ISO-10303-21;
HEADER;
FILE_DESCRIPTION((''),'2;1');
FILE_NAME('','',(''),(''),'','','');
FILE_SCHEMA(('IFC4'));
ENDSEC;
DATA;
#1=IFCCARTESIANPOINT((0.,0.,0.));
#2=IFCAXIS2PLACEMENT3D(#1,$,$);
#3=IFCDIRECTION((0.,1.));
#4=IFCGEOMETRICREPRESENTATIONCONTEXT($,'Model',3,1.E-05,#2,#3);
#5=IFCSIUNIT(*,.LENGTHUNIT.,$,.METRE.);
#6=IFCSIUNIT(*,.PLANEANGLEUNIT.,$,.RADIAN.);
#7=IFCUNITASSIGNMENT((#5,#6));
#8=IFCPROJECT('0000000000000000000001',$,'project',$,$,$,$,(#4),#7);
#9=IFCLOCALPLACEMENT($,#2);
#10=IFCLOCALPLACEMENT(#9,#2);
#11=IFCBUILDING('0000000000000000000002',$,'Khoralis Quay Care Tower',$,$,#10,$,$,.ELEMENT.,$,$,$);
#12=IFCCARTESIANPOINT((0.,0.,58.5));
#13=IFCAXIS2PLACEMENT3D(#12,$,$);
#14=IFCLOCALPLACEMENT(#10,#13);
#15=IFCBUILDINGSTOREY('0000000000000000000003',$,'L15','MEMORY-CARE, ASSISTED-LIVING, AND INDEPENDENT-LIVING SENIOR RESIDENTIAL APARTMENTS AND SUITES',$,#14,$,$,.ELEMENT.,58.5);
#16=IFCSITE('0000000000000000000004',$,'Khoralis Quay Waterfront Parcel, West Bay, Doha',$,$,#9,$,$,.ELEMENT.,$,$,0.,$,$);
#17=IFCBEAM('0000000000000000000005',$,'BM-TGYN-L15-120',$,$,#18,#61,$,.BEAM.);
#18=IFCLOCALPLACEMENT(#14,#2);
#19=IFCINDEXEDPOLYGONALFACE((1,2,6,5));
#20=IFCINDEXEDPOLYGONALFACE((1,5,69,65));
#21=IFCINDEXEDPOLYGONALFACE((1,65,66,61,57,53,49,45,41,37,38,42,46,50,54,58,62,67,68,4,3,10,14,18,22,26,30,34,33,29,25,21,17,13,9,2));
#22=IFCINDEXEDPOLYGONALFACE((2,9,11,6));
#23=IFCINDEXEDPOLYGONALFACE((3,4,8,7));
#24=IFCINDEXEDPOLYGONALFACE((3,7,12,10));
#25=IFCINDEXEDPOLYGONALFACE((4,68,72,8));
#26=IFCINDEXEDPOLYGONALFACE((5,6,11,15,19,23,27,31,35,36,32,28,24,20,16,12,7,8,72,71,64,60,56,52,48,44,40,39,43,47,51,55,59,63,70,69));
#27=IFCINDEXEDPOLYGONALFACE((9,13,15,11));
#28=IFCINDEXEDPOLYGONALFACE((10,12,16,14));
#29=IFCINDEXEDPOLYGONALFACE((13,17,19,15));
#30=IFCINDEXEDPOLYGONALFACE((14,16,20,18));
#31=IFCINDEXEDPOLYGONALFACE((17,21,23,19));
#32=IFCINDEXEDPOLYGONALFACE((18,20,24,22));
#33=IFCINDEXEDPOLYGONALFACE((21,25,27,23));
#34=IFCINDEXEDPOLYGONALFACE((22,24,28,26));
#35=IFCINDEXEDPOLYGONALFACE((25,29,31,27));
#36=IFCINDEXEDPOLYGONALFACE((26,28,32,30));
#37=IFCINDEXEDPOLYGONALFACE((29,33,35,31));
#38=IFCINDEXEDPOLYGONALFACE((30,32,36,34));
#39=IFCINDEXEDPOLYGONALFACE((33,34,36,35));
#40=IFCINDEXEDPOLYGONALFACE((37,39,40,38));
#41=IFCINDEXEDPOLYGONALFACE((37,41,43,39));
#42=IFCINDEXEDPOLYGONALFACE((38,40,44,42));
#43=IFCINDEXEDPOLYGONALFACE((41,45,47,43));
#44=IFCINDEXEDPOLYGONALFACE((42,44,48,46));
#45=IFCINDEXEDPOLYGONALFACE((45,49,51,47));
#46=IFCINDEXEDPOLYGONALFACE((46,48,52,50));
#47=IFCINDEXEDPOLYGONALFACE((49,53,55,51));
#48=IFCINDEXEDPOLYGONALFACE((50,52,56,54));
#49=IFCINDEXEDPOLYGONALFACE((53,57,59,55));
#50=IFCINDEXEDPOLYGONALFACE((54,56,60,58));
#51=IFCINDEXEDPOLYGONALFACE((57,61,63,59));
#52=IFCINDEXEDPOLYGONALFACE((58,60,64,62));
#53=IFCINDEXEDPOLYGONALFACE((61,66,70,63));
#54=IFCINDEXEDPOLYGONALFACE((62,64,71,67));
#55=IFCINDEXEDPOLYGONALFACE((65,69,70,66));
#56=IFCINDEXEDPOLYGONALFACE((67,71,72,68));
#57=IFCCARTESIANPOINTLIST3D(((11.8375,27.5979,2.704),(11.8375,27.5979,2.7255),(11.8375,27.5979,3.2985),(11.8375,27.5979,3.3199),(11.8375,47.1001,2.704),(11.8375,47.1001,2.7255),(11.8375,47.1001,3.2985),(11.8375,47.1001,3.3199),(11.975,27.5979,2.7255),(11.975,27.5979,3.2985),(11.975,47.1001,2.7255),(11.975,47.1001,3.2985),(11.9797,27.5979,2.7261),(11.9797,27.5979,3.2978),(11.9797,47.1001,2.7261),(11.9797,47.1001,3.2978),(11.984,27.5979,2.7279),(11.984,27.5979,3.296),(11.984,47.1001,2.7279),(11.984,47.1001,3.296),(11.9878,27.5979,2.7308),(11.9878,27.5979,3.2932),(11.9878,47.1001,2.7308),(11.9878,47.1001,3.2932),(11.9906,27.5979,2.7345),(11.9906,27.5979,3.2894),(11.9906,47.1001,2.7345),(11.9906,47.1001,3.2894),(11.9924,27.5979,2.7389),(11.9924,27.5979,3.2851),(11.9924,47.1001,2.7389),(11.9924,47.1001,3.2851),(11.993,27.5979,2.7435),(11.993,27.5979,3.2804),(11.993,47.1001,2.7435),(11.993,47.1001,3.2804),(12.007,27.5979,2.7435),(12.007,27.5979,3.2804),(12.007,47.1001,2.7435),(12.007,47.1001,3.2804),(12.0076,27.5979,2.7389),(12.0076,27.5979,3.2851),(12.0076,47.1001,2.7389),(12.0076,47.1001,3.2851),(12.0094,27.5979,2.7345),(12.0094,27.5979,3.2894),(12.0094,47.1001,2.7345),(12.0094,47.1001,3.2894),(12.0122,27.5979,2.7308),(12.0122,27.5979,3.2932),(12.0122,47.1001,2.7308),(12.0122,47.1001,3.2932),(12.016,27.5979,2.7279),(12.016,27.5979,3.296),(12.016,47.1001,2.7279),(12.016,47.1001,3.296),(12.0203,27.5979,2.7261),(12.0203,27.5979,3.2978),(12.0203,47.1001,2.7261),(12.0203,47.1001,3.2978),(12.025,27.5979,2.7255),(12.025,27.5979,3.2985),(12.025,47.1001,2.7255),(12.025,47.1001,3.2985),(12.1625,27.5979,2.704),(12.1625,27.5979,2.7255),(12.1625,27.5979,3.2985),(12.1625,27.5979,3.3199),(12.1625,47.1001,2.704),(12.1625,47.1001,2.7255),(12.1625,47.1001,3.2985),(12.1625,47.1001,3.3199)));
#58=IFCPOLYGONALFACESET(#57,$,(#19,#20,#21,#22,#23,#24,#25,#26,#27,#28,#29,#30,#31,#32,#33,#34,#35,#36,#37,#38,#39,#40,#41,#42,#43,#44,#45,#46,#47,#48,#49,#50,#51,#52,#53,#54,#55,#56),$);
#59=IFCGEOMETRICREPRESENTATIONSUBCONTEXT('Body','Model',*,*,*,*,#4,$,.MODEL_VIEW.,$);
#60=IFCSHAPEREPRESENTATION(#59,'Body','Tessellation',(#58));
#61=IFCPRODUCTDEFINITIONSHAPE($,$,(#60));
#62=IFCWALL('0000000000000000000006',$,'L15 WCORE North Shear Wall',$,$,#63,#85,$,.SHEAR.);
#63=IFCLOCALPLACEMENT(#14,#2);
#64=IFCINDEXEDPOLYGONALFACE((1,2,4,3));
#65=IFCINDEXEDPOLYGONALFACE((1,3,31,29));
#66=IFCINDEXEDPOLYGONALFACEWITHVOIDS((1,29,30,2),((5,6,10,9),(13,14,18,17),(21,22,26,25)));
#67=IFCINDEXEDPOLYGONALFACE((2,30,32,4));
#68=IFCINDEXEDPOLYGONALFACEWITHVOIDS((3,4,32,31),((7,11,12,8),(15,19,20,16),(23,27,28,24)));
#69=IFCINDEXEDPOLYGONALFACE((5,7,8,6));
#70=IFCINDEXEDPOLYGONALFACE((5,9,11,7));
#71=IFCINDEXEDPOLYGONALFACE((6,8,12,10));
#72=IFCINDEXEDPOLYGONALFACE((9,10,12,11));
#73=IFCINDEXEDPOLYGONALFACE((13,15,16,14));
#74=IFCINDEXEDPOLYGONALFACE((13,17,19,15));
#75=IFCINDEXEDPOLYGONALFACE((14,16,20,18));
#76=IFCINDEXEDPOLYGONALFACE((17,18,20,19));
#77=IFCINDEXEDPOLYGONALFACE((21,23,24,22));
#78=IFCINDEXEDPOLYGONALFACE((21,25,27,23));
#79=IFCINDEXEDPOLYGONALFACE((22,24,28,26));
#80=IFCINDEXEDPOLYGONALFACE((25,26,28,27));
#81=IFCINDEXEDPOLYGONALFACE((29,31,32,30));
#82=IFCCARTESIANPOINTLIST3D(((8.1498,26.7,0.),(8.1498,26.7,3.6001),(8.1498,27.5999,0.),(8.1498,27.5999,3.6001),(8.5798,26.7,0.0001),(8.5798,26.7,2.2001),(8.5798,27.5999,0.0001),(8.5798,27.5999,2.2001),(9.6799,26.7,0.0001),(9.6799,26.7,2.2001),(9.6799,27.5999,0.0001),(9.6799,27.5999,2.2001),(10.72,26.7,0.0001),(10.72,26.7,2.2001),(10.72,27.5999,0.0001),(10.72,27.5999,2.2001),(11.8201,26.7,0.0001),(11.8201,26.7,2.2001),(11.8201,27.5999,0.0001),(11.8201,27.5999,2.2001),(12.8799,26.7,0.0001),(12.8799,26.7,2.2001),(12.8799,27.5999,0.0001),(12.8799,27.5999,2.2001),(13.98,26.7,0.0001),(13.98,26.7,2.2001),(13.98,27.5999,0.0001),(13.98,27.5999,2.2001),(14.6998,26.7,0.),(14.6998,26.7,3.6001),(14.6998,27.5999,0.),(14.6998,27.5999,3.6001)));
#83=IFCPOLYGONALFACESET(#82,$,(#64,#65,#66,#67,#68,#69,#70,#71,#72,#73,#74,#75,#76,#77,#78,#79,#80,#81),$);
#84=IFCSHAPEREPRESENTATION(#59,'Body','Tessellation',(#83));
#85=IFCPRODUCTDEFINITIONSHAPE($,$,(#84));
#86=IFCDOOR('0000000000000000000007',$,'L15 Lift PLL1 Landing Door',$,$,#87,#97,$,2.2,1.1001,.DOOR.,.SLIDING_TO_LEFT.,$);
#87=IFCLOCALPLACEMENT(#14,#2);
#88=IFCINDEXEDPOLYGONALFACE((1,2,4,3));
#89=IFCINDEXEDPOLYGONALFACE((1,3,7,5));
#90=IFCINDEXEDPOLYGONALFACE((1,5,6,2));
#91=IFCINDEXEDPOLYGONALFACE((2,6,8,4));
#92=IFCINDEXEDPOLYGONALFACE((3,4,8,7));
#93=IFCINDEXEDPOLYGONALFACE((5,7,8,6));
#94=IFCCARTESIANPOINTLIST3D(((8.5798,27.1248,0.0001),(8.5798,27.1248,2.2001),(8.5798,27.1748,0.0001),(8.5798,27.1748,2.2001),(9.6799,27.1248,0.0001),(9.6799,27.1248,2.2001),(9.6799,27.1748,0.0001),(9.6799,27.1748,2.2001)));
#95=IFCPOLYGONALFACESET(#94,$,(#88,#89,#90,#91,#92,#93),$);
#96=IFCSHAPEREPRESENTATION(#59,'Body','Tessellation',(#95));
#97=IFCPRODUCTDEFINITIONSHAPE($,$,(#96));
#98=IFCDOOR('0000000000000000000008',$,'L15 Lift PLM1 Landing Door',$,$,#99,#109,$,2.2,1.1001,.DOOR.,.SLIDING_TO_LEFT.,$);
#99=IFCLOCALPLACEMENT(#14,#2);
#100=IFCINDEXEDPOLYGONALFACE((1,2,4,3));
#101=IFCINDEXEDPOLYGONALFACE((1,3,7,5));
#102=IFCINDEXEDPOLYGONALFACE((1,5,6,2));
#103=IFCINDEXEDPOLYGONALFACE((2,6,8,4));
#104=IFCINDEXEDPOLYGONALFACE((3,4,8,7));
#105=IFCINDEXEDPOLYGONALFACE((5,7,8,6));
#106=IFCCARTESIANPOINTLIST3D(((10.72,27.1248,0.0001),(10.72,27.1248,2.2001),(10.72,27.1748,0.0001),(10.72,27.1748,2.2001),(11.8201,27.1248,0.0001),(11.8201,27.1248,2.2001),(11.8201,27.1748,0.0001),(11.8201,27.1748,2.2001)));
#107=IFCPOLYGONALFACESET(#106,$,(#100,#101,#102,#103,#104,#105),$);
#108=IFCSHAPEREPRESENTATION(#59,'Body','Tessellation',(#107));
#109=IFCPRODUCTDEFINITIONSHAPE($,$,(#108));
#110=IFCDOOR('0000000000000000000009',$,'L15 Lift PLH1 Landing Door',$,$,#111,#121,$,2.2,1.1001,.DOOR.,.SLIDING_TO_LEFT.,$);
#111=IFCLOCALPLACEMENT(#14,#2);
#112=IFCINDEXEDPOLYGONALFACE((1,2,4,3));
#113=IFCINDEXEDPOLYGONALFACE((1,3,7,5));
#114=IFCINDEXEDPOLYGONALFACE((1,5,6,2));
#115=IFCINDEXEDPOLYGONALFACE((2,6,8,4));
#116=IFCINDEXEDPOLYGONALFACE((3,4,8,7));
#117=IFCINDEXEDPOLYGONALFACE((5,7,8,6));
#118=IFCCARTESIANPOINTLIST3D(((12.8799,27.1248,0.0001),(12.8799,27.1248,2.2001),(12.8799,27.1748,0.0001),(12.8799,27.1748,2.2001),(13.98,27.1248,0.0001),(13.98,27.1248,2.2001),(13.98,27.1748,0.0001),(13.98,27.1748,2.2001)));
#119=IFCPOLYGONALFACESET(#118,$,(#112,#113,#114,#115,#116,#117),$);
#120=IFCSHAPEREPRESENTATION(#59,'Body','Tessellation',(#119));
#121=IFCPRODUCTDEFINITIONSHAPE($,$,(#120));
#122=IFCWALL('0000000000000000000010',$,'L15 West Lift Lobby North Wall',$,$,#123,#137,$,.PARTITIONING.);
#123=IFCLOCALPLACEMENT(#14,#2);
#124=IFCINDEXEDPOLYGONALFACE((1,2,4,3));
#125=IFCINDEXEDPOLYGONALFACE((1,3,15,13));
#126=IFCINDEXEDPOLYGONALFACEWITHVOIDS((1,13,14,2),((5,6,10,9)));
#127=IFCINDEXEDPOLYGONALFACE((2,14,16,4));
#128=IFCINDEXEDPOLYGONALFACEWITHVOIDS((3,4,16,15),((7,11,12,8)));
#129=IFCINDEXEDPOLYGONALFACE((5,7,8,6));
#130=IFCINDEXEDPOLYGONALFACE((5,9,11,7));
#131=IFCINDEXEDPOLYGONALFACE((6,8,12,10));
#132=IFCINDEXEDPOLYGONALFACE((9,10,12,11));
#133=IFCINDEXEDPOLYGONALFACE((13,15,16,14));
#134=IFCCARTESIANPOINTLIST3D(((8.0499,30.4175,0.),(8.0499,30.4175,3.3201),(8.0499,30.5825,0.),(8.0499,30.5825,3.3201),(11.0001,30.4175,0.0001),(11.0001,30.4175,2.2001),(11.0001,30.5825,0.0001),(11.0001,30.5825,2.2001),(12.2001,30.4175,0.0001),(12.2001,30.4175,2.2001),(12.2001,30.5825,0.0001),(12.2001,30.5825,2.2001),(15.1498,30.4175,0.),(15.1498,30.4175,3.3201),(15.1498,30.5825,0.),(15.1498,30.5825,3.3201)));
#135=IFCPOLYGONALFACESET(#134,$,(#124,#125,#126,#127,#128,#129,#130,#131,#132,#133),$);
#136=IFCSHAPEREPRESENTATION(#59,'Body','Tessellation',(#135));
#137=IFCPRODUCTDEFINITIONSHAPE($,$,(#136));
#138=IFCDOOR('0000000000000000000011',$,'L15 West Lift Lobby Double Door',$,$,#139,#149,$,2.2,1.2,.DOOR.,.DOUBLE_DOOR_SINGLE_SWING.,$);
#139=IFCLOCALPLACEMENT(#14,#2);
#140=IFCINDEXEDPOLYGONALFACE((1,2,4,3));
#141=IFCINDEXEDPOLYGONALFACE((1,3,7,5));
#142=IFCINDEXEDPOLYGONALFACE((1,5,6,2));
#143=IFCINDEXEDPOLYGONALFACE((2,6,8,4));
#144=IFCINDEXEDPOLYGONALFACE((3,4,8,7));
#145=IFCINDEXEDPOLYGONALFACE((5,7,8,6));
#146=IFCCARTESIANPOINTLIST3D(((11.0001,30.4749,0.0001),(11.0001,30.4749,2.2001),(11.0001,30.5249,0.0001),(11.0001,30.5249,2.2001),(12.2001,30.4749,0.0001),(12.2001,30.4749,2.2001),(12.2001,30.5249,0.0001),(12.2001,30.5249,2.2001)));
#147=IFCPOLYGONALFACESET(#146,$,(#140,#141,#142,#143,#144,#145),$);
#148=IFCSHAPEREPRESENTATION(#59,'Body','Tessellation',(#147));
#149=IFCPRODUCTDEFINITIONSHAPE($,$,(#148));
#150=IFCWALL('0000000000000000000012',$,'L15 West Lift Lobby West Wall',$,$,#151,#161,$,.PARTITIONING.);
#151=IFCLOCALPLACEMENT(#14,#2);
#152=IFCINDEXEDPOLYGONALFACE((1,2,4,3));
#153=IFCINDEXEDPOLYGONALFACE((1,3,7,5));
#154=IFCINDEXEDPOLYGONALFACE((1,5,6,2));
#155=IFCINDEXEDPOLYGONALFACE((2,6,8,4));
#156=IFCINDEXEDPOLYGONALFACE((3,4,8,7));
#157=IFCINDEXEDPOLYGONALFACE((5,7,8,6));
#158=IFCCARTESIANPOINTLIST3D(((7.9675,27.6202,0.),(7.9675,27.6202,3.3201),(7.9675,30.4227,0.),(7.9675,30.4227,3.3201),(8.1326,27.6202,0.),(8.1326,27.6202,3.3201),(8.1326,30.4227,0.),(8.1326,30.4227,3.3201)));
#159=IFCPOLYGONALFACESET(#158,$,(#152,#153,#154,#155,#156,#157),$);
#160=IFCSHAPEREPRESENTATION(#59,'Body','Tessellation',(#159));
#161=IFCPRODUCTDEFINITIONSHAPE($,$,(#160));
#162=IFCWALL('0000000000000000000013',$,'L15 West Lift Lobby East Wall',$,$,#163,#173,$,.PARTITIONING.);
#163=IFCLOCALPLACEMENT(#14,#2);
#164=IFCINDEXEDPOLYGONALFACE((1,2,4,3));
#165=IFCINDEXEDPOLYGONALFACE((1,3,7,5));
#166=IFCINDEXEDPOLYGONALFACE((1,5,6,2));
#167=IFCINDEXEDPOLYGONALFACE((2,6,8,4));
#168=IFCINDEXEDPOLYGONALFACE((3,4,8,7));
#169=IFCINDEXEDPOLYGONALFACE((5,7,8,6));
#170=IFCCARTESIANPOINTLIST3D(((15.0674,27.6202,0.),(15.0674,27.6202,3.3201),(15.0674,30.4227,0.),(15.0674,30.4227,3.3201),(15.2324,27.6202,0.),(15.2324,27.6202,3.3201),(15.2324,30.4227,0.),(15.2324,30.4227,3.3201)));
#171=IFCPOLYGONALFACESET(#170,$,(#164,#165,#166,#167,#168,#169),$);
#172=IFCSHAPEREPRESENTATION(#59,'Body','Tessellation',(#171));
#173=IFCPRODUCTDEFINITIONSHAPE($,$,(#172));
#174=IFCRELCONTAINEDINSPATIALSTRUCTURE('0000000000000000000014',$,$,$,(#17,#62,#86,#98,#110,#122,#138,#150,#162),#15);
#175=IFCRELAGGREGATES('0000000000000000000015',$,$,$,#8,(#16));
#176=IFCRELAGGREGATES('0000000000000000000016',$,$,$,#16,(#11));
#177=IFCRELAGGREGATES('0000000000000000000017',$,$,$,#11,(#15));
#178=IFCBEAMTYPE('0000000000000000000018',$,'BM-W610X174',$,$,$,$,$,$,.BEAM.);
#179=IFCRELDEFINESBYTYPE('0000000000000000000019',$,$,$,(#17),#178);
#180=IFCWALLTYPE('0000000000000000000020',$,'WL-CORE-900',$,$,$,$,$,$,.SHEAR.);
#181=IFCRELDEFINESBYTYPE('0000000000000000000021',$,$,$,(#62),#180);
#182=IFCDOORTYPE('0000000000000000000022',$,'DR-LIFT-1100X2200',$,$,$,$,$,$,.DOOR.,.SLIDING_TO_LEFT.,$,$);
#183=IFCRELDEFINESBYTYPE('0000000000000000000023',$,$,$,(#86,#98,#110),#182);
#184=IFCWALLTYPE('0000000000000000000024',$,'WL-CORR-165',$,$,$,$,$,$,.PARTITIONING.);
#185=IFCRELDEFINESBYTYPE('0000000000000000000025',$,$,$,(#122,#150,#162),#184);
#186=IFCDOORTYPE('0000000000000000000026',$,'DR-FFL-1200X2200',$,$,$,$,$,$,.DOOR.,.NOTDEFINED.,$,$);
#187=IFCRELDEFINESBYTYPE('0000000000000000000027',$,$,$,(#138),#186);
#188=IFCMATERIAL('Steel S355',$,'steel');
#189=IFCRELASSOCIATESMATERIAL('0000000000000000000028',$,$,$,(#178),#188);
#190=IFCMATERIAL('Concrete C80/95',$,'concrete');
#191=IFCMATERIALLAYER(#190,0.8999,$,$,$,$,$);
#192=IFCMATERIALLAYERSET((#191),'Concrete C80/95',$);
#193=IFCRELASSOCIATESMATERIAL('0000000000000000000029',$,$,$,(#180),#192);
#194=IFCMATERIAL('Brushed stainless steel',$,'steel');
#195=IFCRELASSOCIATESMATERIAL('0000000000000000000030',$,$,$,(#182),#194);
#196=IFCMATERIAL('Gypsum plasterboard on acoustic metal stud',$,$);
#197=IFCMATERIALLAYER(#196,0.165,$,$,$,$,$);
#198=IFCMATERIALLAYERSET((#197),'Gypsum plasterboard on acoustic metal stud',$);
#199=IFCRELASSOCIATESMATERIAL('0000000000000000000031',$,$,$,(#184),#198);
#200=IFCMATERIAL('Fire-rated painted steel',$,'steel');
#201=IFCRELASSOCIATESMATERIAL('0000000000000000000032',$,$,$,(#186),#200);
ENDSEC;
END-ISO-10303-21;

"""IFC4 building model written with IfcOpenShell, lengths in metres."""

from ifc_helpers import new_model, si_unit, direction, frame, frame_2d, origin, origin_2d, place, context, subcontext, project, spatial, rectangle, i_section, extrude, source, transform, mapped, material, layer, layer_set, material_profile, profile_set, type_object, element, fill, save


model = new_model("IFC4")

# Units and contexts
model_context = context("Model", 3, precision=1e-05, world=origin(), true_north=direction((0.0, 1.0)))
body_context = subcontext(model_context, "Body", "Model", "MODEL_VIEW")
ifc_project = project(units=[si_unit("LENGTHUNIT", "METRE"), si_unit("PLANEANGLEUNIT", "RADIAN")], contexts=[model_context])

# Site, building, storey
site_placement = place(None, origin())
site = spatial("IfcSite", under=ifc_project, at=site_placement, Name="Khoralis Quay Waterfront Parcel, West Bay, Doha", CompositionType="ELEMENT", RefElevation=0.0)
building_placement = place(site_placement, origin())
building = spatial("IfcBuilding", under=site, at=building_placement, Name="Khoralis Quay Care Tower", CompositionType="ELEMENT")
storey_placement = place(building_placement, frame((0.0, 0.0, 58.5)))
storey = spatial("IfcBuildingStorey", under=building, at=storey_placement, Name="L15", Description="MEMORY-CARE, ASSISTED-LIVING, AND INDEPENDENT-LIVING SENIOR RESIDENTIAL APARTMENTS AND SUITES", CompositionType="ELEMENT", Elevation=58.5)

# Shared definitions
ifc_material_1 = material(Name="Concrete C80/95", Category="concrete")

# Beam
ifc_material_2 = material(Name="Steel S355", Category="steel")
ifc_material_profile_1 = material_profile(ifc_material_2, i_section(OverallWidth=0.325, OverallDepth=0.616, WebThickness=0.0139, FlangeThickness=0.0215, FilletRadius=0.0181, at=origin_2d()), Name="Steel S355")
ifc_profile_set_1 = profile_set([ifc_material_profile_1], Name="Steel S355")
beam_type_1 = type_object("IfcBeamType", Name="BM-W610X174", PredefinedType="BEAM", material=ifc_profile_set_1)
shared_shape_1 = source(origin(), body_context, "Body", "SweptSolid", [
    extrude(i_section(OverallWidth=0.325, OverallDepth=0.616, WebThickness=0.0139, FlangeThickness=0.0215, FilletRadius=0.0181, at=origin_2d()), origin(), (0.0, 0.0, 1.0), 19.5022),
])
beam_1_placement = place(storey_placement, frame((12.0, 27.5979, 3.012), z_axis=(0.0, 1.0, 0.0), x_axis=(-1.0, 0.0, 0.0)))
element("IfcBeam", 1, at=beam_1_placement, inside=storey, type_object=beam_type_1, Name="BM-TGYN-L15-120", PredefinedType="BEAM", context=body_context, shape_type="MappedRepresentation", body=[
    mapped(shared_shape_1, transform((0.0, 0.0, 0.0), scale=1.0)),
])

# Wall, openings, doors
ifc_layer_1 = layer(ifc_material_1, 0.8999)
ifc_layer_set_1 = layer_set([ifc_layer_1], Name="Concrete C80/95")
wall_type_1 = type_object("IfcWallType", Name="WL-CORE-900", PredefinedType="SHEAR", material=ifc_layer_set_1)
wall_1_placement = place(storey_placement, frame((8.1499, 27.1499, 0.0), z_axis=(0.0, 0.0, 1.0), x_axis=(1.0, 0.0, 0.0)))
wall_1 = element("IfcWall", 2, at=wall_1_placement, inside=storey, type_object=wall_type_1, Name="L15 WCORE North Shear Wall", PredefinedType="SHEAR", context=body_context, shape_type="SweptSolid", body=[
    extrude(rectangle(XDim=6.55, YDim=0.8999, at=frame_2d((3.2749, 0.0))), origin(), (0.0, 0.0, 1.0), 3.6001),
])
opening_1_placement = place(wall_1_placement, frame((0.4299, 0.0, 0.0)))
opening_1 = element("IfcOpeningElement", 3, at=opening_1_placement, cuts=wall_1, PredefinedType="OPENING", context=body_context, shape_type="SweptSolid", body=[
    extrude(rectangle(XDim=1.1001, YDim=2.2, at=frame_2d((0.55, 1.1001))), frame((0.0, 0.46, 0.0), z_axis=(0.0, -1.0, 0.0), x_axis=(1.0, 0.0, 0.0)), (0.0, 0.0, 1.0), 0.9199),
])
opening_2_placement = place(wall_1_placement, frame((2.5701, 0.0, 0.0)))
opening_2 = element("IfcOpeningElement", 4, at=opening_2_placement, cuts=wall_1, PredefinedType="OPENING", context=body_context, shape_type="SweptSolid", body=[
    extrude(rectangle(XDim=1.1001, YDim=2.2, at=frame_2d((0.55, 1.1001))), frame((0.0, 0.46, 0.0), z_axis=(0.0, -1.0, 0.0), x_axis=(1.0, 0.0, 0.0)), (0.0, 0.0, 1.0), 0.9199),
])
opening_3_placement = place(wall_1_placement, frame((4.73, 0.0, 0.0)))
opening_3 = element("IfcOpeningElement", 5, at=opening_3_placement, cuts=wall_1, PredefinedType="OPENING", context=body_context, shape_type="SweptSolid", body=[
    extrude(rectangle(XDim=1.1001, YDim=2.2, at=frame_2d((0.55, 1.1001))), frame((0.0, 0.46, 0.0), z_axis=(0.0, -1.0, 0.0), x_axis=(1.0, 0.0, 0.0)), (0.0, 0.0, 1.0), 0.9199),
])
ifc_material_3 = material(Name="Brushed stainless steel", Category="steel")
door_type_1 = type_object("IfcDoorType", Name="DR-LIFT-1100X2200", OperationType="SLIDING_TO_LEFT", PredefinedType="DOOR", material=ifc_material_3)
shared_shape_2 = source(origin(), body_context, "Body", "SweptSolid", [
    extrude(rectangle(XDim=1.1001, YDim=2.2, at=frame_2d((0.55, 1.1001))), frame((0.0, 0.0249, 0.0), z_axis=(0.0, -1.0, 0.0), x_axis=(1.0, 0.0, 0.0)), (0.0, 0.0, 1.0), 0.05),
])
door_1_placement = place(opening_1_placement, origin())
door_1 = element("IfcDoor", 6, at=door_1_placement, inside=storey, type_object=door_type_1, Name="L15 Lift PLL1 Landing Door", OperationType="SLIDING_TO_LEFT", OverallHeight=2.2, OverallWidth=1.1001, PredefinedType="DOOR", context=body_context, shape_type="MappedRepresentation", body=[
    mapped(shared_shape_2, transform((0.0, 0.0, 0.0), scale=1.0)),
])
fill(opening_1, door_1)
door_2_placement = place(opening_2_placement, origin())
door_2 = element("IfcDoor", 7, at=door_2_placement, inside=storey, type_object=door_type_1, Name="L15 Lift PLM1 Landing Door", OperationType="SLIDING_TO_LEFT", OverallHeight=2.2, OverallWidth=1.1001, PredefinedType="DOOR", context=body_context, shape_type="MappedRepresentation", body=[
    mapped(shared_shape_2, transform((0.0, 0.0, 0.0), scale=1.0)),
])
fill(opening_2, door_2)
door_3_placement = place(opening_3_placement, origin())
door_3 = element("IfcDoor", 8, at=door_3_placement, inside=storey, type_object=door_type_1, Name="L15 Lift PLH1 Landing Door", OperationType="SLIDING_TO_LEFT", OverallHeight=2.2, OverallWidth=1.1001, PredefinedType="DOOR", context=body_context, shape_type="MappedRepresentation", body=[
    mapped(shared_shape_2, transform((0.0, 0.0, 0.0), scale=1.0)),
])
fill(opening_3, door_3)

# Wall, opening, door
ifc_material_4 = material(Name="Gypsum plasterboard on acoustic metal stud")
ifc_layer_2 = layer(ifc_material_4, 0.165)
ifc_layer_set_2 = layer_set([ifc_layer_2], Name="Gypsum plasterboard on acoustic metal stud")
wall_type_2 = type_object("IfcWallType", Name="WL-CORR-165", PredefinedType="PARTITIONING", material=ifc_layer_set_2)
wall_2_placement = place(storey_placement, frame((8.05, 30.5, 0.0), z_axis=(0.0, 0.0, 1.0), x_axis=(1.0, 0.0, 0.0)))
wall_2 = element("IfcWall", 9, at=wall_2_placement, inside=storey, type_object=wall_type_2, Name="L15 West Lift Lobby North Wall", PredefinedType="PARTITIONING", context=body_context, shape_type="SweptSolid", body=[
    extrude(rectangle(XDim=7.0999, YDim=0.165, at=frame_2d((3.5498, 0.0))), origin(), (0.0, 0.0, 1.0), 3.3201),
])
opening_4_placement = place(wall_2_placement, frame((2.95, 0.0, 0.0)))
opening_4 = element("IfcOpeningElement", 10, at=opening_4_placement, cuts=wall_2, PredefinedType="OPENING", context=body_context, shape_type="SweptSolid", body=[
    extrude(rectangle(XDim=1.2, YDim=2.2, at=frame_2d((0.6001, 1.1001))), frame((0.0, 0.0925, 0.0), z_axis=(0.0, -1.0, 0.0), x_axis=(1.0, 0.0, 0.0)), (0.0, 0.0, 1.0), 0.1851),
])
ifc_material_5 = material(Name="Fire-rated painted steel", Category="steel")
door_type_2 = type_object("IfcDoorType", Name="DR-FFL-1200X2200", OperationType="NOTDEFINED", PredefinedType="DOOR", material=ifc_material_5)
shared_shape_3 = source(origin(), body_context, "Body", "SweptSolid", [
    extrude(rectangle(XDim=1.2, YDim=2.2, at=frame_2d((0.6001, 1.1001))), frame((0.0, 0.0249, 0.0), z_axis=(0.0, -1.0, 0.0), x_axis=(1.0, 0.0, 0.0)), (0.0, 0.0, 1.0), 0.05),
])
door_4_placement = place(opening_4_placement, origin())
door_4 = element("IfcDoor", 11, at=door_4_placement, inside=storey, type_object=door_type_2, Name="L15 West Lift Lobby Double Door", OperationType="DOUBLE_DOOR_SINGLE_SWING", OverallHeight=2.2, OverallWidth=1.2, PredefinedType="DOOR", context=body_context, shape_type="MappedRepresentation", body=[
    mapped(shared_shape_3, transform((0.0, 0.0, 0.0), scale=1.0)),
])
fill(opening_4, door_4)

# Walls
for number, where, z_axis, x_axis, name in (
    (12, (8.05, 27.6201, 0.0), (0.0, 0.0, 1.0), (0.0, 1.0, 0.0), "L15 West Lift Lobby West Wall"),
    (13, (15.1499, 27.6201, 0.0), (0.0, 0.0, 1.0), (0.0, 1.0, 0.0), "L15 West Lift Lobby East Wall"),
):
    element("IfcWall", number, at=place(storey_placement, frame(where, z_axis=z_axis, x_axis=x_axis)), inside=storey, type_object=wall_type_2, Name=name, PredefinedType="PARTITIONING", context=body_context, shape_type="SweptSolid", body=[
        extrude(rectangle(XDim=2.8025, YDim=0.165, at=frame_2d((1.4014, 0.0))), origin(), (0.0, 0.0, 1.0), 3.3201),
    ])

save(model, "model.ifc")
